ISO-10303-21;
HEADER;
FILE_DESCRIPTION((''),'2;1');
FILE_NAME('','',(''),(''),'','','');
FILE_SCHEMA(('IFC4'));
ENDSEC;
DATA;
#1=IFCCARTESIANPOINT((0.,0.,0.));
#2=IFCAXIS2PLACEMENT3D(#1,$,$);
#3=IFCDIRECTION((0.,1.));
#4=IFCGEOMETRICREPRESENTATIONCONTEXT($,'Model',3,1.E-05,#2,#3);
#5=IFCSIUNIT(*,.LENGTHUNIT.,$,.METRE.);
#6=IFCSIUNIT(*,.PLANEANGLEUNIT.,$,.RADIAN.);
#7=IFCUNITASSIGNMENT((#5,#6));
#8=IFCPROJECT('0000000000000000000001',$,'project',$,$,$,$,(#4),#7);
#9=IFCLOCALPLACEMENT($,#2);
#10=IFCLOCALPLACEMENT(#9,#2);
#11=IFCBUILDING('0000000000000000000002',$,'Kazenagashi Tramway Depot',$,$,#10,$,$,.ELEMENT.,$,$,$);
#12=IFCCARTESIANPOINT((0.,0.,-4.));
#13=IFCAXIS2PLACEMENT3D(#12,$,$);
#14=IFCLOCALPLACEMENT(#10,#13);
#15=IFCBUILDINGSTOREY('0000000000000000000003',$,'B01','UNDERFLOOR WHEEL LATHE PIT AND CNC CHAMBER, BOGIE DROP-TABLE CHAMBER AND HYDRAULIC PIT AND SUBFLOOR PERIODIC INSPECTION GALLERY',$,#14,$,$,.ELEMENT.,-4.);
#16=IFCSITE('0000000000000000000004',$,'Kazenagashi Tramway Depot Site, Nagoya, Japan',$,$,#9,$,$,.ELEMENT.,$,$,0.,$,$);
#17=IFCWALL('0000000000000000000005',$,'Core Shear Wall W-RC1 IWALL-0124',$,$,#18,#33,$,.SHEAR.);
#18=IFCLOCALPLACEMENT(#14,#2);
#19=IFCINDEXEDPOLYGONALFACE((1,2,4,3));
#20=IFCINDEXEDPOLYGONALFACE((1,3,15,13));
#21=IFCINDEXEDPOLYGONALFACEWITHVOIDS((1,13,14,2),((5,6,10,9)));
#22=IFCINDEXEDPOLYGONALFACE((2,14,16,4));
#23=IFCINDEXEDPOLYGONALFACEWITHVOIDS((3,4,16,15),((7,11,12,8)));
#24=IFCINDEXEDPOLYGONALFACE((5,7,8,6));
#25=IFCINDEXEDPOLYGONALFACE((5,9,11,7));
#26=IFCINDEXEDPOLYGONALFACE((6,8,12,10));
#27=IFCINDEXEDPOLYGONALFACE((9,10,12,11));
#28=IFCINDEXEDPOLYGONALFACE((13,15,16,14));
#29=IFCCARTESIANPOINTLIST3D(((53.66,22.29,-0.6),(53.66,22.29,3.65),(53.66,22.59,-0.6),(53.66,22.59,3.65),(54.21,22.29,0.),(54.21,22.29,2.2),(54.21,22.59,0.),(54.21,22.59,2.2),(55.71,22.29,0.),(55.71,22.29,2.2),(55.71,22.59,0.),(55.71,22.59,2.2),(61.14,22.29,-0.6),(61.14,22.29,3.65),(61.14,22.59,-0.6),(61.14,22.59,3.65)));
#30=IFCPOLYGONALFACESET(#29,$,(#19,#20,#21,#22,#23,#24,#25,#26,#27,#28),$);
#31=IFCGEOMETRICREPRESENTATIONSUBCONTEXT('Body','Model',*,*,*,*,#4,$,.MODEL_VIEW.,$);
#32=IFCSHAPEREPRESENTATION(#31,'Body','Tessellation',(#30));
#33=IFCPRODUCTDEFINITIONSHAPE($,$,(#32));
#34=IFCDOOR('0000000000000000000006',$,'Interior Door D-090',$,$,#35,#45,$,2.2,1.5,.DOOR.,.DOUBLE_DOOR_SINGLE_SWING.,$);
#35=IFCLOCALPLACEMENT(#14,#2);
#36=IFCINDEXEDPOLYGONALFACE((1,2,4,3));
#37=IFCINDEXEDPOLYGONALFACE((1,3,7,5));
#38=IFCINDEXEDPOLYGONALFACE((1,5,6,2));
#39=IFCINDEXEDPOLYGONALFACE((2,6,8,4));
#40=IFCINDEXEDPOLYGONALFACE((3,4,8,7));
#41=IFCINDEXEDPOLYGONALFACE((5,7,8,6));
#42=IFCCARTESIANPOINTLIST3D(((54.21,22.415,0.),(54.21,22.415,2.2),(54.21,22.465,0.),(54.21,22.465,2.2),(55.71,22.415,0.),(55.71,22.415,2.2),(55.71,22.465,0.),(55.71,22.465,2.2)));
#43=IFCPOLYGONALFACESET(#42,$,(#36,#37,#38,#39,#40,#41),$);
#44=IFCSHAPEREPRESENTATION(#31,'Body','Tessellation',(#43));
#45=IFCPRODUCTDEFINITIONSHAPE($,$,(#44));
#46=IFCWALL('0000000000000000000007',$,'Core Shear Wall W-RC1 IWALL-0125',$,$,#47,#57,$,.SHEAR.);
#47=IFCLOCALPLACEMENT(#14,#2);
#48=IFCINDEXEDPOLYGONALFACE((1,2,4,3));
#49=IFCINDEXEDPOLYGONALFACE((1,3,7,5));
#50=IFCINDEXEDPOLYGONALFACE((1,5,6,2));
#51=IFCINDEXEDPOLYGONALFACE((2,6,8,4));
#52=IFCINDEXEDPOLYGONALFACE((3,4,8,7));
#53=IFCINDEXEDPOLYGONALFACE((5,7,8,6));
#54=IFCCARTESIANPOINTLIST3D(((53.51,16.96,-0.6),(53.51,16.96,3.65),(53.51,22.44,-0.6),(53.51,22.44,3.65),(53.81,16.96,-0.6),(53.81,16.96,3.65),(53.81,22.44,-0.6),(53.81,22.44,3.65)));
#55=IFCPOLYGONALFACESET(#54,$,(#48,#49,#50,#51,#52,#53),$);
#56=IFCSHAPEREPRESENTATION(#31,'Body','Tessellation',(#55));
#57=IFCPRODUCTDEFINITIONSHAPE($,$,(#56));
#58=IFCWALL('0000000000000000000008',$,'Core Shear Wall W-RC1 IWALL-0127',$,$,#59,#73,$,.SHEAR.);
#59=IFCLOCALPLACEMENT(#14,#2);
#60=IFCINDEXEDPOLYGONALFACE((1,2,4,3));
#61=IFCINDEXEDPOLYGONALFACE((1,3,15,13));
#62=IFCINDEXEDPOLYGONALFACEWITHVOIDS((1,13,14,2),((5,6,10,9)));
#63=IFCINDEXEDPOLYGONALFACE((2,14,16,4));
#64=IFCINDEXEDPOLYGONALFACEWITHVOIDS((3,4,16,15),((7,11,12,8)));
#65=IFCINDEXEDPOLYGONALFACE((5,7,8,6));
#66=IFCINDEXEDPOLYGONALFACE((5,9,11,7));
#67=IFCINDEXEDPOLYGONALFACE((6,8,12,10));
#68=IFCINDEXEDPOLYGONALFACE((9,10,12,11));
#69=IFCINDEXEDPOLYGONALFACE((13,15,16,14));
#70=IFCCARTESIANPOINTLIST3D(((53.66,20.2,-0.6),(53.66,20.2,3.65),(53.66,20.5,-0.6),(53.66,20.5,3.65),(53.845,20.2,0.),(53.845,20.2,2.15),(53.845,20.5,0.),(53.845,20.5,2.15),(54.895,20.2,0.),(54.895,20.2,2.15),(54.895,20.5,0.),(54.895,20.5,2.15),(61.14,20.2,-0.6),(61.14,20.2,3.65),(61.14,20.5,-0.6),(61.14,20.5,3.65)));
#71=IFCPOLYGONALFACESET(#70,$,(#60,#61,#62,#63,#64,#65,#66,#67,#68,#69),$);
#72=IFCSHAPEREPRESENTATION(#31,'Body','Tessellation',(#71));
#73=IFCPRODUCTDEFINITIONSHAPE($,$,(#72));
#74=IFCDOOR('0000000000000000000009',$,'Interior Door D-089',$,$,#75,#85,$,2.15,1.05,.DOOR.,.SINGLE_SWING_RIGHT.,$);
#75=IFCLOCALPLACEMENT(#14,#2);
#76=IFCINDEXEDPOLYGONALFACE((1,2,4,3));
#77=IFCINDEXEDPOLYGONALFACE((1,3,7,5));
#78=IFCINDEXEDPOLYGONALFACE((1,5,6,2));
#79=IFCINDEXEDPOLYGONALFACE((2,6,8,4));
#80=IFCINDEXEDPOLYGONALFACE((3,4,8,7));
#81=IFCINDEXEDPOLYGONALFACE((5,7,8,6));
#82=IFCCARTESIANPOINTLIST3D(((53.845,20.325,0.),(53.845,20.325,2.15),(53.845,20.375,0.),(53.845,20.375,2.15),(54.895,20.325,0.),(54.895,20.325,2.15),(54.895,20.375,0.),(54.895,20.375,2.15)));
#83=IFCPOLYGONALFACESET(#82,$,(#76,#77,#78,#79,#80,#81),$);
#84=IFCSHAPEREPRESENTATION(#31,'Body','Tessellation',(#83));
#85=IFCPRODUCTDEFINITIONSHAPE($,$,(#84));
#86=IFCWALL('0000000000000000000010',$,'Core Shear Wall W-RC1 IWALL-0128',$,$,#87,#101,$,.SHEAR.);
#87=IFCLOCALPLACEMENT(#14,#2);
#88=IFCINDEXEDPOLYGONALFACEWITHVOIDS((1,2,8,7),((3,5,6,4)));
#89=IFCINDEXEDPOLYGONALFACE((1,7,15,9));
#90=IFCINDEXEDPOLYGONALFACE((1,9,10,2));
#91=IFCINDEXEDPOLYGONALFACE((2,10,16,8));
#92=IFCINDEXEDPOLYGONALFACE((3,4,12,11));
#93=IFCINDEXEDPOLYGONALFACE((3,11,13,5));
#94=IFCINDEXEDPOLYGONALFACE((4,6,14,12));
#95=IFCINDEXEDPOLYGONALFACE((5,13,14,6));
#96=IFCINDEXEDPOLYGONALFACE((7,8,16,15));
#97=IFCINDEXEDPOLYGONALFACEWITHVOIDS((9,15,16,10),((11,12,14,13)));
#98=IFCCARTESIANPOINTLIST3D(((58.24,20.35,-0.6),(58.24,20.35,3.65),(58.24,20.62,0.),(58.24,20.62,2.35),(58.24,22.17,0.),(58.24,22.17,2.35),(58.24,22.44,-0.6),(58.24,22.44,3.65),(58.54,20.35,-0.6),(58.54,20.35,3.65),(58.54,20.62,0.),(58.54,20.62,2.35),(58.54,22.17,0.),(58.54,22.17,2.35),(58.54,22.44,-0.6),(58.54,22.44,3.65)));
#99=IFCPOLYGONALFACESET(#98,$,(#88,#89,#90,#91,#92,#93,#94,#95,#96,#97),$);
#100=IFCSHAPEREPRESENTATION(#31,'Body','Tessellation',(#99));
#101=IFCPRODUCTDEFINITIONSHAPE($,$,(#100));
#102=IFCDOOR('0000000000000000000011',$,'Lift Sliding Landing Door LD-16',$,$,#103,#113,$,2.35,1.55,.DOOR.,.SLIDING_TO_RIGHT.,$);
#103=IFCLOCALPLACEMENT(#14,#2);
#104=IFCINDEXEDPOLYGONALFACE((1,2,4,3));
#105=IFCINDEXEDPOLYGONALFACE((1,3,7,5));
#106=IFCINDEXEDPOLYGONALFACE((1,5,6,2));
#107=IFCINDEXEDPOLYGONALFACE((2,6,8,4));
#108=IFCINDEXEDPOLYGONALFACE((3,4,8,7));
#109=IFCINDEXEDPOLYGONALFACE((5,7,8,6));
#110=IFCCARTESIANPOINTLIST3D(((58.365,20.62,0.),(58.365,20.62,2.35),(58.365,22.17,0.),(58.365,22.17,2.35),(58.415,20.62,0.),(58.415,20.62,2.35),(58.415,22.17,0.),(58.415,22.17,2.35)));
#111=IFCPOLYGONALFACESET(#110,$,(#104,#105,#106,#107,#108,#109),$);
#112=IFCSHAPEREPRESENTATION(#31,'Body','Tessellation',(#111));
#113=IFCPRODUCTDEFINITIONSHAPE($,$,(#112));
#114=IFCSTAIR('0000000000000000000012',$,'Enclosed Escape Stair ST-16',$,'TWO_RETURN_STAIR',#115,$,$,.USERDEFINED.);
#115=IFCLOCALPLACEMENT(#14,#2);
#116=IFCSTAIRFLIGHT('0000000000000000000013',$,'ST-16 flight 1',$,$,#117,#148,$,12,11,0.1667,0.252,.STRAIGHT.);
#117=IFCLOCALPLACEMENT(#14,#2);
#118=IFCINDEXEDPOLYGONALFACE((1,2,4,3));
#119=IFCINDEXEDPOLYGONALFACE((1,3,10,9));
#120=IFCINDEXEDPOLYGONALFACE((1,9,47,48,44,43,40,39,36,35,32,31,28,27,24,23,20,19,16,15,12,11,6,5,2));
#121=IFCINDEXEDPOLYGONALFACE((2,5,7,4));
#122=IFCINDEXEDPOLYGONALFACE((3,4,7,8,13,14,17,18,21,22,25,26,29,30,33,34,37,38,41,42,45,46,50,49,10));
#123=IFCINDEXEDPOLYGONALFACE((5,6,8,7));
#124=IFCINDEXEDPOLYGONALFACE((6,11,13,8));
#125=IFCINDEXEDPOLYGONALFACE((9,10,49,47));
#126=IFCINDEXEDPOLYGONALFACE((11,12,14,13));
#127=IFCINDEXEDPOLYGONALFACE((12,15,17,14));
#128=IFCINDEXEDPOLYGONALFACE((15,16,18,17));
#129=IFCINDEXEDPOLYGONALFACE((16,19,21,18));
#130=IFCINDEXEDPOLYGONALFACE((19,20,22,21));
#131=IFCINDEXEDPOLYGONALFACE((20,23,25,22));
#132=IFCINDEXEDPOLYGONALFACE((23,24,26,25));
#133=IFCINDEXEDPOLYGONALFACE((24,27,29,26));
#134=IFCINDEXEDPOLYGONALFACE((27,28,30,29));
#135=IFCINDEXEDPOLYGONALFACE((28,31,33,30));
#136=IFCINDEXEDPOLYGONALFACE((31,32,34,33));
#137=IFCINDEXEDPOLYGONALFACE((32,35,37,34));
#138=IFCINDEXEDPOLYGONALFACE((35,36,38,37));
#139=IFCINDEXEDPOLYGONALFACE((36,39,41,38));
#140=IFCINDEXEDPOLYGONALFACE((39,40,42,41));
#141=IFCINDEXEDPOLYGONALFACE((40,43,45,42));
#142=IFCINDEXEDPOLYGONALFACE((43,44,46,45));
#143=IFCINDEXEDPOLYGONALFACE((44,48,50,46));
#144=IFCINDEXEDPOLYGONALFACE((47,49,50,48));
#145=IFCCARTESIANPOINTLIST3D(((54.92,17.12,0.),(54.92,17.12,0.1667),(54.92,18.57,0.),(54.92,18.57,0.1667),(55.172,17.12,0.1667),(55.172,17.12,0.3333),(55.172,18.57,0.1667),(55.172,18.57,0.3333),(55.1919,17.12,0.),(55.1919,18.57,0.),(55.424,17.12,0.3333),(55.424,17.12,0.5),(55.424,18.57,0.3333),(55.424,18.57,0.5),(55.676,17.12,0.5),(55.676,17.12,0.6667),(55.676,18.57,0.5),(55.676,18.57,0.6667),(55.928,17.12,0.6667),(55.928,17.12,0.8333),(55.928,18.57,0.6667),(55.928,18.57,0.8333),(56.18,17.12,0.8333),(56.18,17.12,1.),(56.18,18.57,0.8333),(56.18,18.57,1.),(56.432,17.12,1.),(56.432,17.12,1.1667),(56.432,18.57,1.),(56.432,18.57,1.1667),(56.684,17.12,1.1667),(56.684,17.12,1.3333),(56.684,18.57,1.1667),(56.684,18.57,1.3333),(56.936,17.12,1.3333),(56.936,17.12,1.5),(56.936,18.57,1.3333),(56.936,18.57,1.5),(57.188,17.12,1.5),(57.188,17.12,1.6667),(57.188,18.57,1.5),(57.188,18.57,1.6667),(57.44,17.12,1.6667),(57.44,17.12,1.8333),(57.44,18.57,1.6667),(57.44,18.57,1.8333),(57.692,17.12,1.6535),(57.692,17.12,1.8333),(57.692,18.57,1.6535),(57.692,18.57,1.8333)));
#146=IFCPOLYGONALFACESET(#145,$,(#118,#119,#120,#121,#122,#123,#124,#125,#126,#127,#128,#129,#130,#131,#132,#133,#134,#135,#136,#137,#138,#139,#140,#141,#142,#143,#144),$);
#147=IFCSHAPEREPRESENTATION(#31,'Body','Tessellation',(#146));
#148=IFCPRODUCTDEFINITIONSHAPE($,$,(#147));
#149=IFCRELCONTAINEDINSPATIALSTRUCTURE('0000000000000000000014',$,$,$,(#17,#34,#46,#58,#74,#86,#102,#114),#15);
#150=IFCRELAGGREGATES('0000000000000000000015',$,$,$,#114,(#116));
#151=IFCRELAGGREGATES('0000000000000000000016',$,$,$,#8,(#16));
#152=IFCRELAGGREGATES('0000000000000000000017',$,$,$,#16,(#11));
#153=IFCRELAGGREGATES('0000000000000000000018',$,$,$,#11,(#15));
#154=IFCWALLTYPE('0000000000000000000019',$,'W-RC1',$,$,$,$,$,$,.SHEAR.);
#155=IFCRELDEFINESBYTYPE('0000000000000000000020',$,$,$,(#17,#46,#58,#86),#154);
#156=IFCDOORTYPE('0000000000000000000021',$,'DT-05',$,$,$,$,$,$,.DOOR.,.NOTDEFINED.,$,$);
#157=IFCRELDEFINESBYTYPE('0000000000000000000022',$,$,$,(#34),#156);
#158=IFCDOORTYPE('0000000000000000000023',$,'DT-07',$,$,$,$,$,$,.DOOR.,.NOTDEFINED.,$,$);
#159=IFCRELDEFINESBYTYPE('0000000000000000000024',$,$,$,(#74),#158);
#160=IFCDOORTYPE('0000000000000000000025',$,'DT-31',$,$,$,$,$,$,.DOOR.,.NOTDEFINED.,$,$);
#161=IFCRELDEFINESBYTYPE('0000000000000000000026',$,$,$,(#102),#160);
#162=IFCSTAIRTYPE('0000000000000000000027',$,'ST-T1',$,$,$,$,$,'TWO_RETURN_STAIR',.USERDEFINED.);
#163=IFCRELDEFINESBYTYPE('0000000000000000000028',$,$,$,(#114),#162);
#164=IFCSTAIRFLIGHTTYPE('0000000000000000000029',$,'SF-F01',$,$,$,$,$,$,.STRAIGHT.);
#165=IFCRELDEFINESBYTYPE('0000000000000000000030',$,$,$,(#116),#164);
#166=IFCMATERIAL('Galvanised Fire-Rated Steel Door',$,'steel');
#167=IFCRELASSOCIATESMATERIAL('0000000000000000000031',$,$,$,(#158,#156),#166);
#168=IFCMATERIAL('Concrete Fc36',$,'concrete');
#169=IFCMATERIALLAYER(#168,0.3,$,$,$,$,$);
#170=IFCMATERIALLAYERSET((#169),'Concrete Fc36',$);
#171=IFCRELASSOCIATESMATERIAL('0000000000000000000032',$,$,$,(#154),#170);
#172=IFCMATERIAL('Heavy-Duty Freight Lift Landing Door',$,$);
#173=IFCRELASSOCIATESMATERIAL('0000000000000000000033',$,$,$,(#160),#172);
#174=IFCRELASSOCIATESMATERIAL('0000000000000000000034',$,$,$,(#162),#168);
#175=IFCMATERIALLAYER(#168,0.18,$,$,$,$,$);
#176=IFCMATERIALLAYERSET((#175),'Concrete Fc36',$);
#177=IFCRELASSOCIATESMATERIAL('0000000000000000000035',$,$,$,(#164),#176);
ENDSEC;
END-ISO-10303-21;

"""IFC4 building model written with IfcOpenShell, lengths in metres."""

from ifc_helpers import new_model, si_unit, direction, frame, frame_2d, origin, place, context, subcontext, project, spatial, polyline, rectangle, outline, extrude, material, layer, layer_set, type_object, element, fill, aggregate, save


model = new_model("IFC4")

# Units and contexts
model_context = context("Model", 3, precision=1e-05, world=origin(), true_north=direction((0.0, 1.0)))
body_context = subcontext(model_context, "Body", "Model", "MODEL_VIEW")
ifc_project = project(units=[si_unit("LENGTHUNIT", "METRE"), si_unit("PLANEANGLEUNIT", "RADIAN")], contexts=[model_context])

# Site, building, storey
site_placement = place(None, origin())
site = spatial("IfcSite", under=ifc_project, at=site_placement, Name="Kazenagashi Tramway Depot Site, Nagoya, Japan", CompositionType="ELEMENT", RefElevation=0.0)
building_placement = place(site_placement, origin())
building = spatial("IfcBuilding", under=site, at=building_placement, Name="Kazenagashi Tramway Depot", CompositionType="ELEMENT")
storey_placement = place(building_placement, frame((0.0, 0.0, -4.0)))
storey = spatial("IfcBuildingStorey", under=building, at=storey_placement, Name="B01", Description="UNDERFLOOR WHEEL LATHE PIT AND CNC CHAMBER, BOGIE DROP-TABLE CHAMBER AND HYDRAULIC PIT AND SUBFLOOR PERIODIC INSPECTION GALLERY", CompositionType="ELEMENT", Elevation=-4.0)

# Shared definitions
ifc_material_1 = material(Name="Concrete Fc36", Category="concrete")

# Shared definitions
ifc_material_2 = material(Name="Galvanised Fire-Rated Steel Door", Category="steel")
door_type_1 = type_object("IfcDoorType", Name="DT-07", OperationType="NOTDEFINED", PredefinedType="DOOR", material=ifc_material_2)

# Shared definitions
ifc_layer_1 = layer(ifc_material_1, 0.3)
ifc_layer_set_1 = layer_set([ifc_layer_1], Name="Concrete Fc36")
wall_type_1 = type_object("IfcWallType", Name="W-RC1", PredefinedType="SHEAR", material=ifc_layer_set_1)

# Wall, opening, door
wall_1_placement = place(storey_placement, frame((53.66, 22.44, -0.6), z_axis=(0.0, 0.0, 1.0), x_axis=(1.0, 0.0, 0.0)))
wall_1 = element("IfcWall", 1, at=wall_1_placement, inside=storey, type_object=wall_type_1, Name="Core Shear Wall W-RC1 IWALL-0124", PredefinedType="SHEAR", context=body_context, shape_type="SweptSolid", body=[
    extrude(rectangle(XDim=7.48, YDim=0.3, at=frame_2d((3.74, 0.0))), origin(), (0.0, 0.0, 1.0), 4.25),
])
opening_1_placement = place(wall_1_placement, frame((0.55, 0.0, 0.6)))
opening_1 = element("IfcOpeningElement", 2, at=opening_1_placement, cuts=wall_1, PredefinedType="OPENING", context=body_context, shape_type="SweptSolid", body=[
    extrude(rectangle(XDim=1.5, YDim=2.2, at=frame_2d((0.75, 1.1))), frame((0.0, 0.16, 0.0), z_axis=(0.0, -1.0, 0.0), x_axis=(1.0, 0.0, 0.0)), (0.0, 0.0, 1.0), 0.32),
])
door_type_2 = type_object("IfcDoorType", Name="DT-05", OperationType="NOTDEFINED", PredefinedType="DOOR", material=ifc_material_2)
door_1_placement = place(opening_1_placement, origin())
door_1 = element("IfcDoor", 3, at=door_1_placement, inside=storey, type_object=door_type_2, Name="Interior Door D-090", OperationType="DOUBLE_DOOR_SINGLE_SWING", OverallHeight=2.2, OverallWidth=1.5, PredefinedType="DOOR", context=body_context, shape_type="SweptSolid", body=[
    extrude(rectangle(XDim=1.5, YDim=2.2, at=frame_2d((0.75, 1.1))), frame((0.0, 0.025, 0.0), z_axis=(0.0, -1.0, 0.0), x_axis=(1.0, 0.0, 0.0)), (0.0, 0.0, 1.0), 0.05),
])
fill(opening_1, door_1)

# Wall
wall_2_placement = place(storey_placement, frame((53.66, 16.96, -0.6), z_axis=(0.0, 0.0, 1.0), x_axis=(0.0, 1.0, 0.0)))
element("IfcWall", 4, at=wall_2_placement, inside=storey, type_object=wall_type_1, Name="Core Shear Wall W-RC1 IWALL-0125", PredefinedType="SHEAR", context=body_context, shape_type="SweptSolid", body=[
    extrude(rectangle(XDim=5.48, YDim=0.3, at=frame_2d((2.74, 0.0))), origin(), (0.0, 0.0, 1.0), 4.25),
])

# Walls, openings, doors
wall_3_placement = place(storey_placement, frame((53.66, 20.35, -0.6), z_axis=(0.0, 0.0, 1.0), x_axis=(1.0, 0.0, 0.0)))
wall_3 = element("IfcWall", 5, at=wall_3_placement, inside=storey, type_object=wall_type_1, Name="Core Shear Wall W-RC1 IWALL-0127", PredefinedType="SHEAR", context=body_context, shape_type="SweptSolid", body=[
    extrude(rectangle(XDim=7.48, YDim=0.3, at=frame_2d((3.74, 0.0))), origin(), (0.0, 0.0, 1.0), 4.25),
])
opening_2_placement = place(wall_3_placement, frame((0.185, 0.0, 0.6)))
opening_2 = element("IfcOpeningElement", 6, at=opening_2_placement, cuts=wall_3, PredefinedType="OPENING", context=body_context, shape_type="SweptSolid", body=[
    extrude(rectangle(XDim=1.05, YDim=2.15, at=frame_2d((0.525, 1.075))), frame((0.0, 0.16, 0.0), z_axis=(0.0, -1.0, 0.0), x_axis=(1.0, 0.0, 0.0)), (0.0, 0.0, 1.0), 0.32),
])
door_2_placement = place(opening_2_placement, origin())
door_2 = element("IfcDoor", 7, at=door_2_placement, inside=storey, type_object=door_type_1, Name="Interior Door D-089", OperationType="SINGLE_SWING_RIGHT", OverallHeight=2.15, OverallWidth=1.05, PredefinedType="DOOR", context=body_context, shape_type="SweptSolid", body=[
    extrude(rectangle(XDim=1.05, YDim=2.15, at=frame_2d((0.525, 1.075))), frame((0.0, 0.025, 0.0), z_axis=(0.0, -1.0, 0.0), x_axis=(1.0, 0.0, 0.0)), (0.0, 0.0, 1.0), 0.05),
])
fill(opening_2, door_2)
wall_4_placement = place(storey_placement, frame((58.39, 20.35, -0.6), z_axis=(0.0, 0.0, 1.0), x_axis=(0.0, 1.0, 0.0)))
wall_4 = element("IfcWall", 8, at=wall_4_placement, inside=storey, type_object=wall_type_1, Name="Core Shear Wall W-RC1 IWALL-0128", PredefinedType="SHEAR", context=body_context, shape_type="SweptSolid", body=[
    extrude(rectangle(XDim=2.09, YDim=0.3, at=frame_2d((1.045, 0.0))), origin(), (0.0, 0.0, 1.0), 4.25),
])
opening_3_placement = place(wall_4_placement, frame((0.27, 0.0, 0.6)))
opening_3 = element("IfcOpeningElement", 9, at=opening_3_placement, cuts=wall_4, PredefinedType="OPENING", context=body_context, shape_type="SweptSolid", body=[
    extrude(rectangle(XDim=1.55, YDim=2.35, at=frame_2d((0.775, 1.175))), frame((0.0, 0.16, 0.0), z_axis=(0.0, -1.0, 0.0), x_axis=(1.0, 0.0, 0.0)), (0.0, 0.0, 1.0), 0.32),
])
ifc_material_3 = material(Name="Heavy-Duty Freight Lift Landing Door")
door_type_3 = type_object("IfcDoorType", Name="DT-31", OperationType="NOTDEFINED", PredefinedType="DOOR", material=ifc_material_3)
door_3_placement = place(opening_3_placement, origin())
door_3 = element("IfcDoor", 10, at=door_3_placement, inside=storey, type_object=door_type_3, Name="Lift Sliding Landing Door LD-16", OperationType="SLIDING_TO_RIGHT", OverallHeight=2.35, OverallWidth=1.55, PredefinedType="DOOR", context=body_context, shape_type="SweptSolid", body=[
    extrude(rectangle(XDim=1.55, YDim=2.35, at=frame_2d((0.775, 1.175))), frame((0.0, 0.025, 0.0), z_axis=(0.0, -1.0, 0.0), x_axis=(1.0, 0.0, 0.0)), (0.0, 0.0, 1.0), 0.05),
])
fill(opening_3, door_3)

# Stair, stair flight
stair_type = type_object("IfcStairType", Name="ST-T1", ElementType="TWO_RETURN_STAIR", PredefinedType="USERDEFINED", material=ifc_material_1)
stair_placement = place(storey_placement, origin())
stair = element("IfcStair", 11, at=stair_placement, inside=storey, type_object=stair_type, Name="Enclosed Escape Stair ST-16", ObjectType="TWO_RETURN_STAIR", PredefinedType="USERDEFINED")
ifc_layer_2 = layer(ifc_material_1, 0.18)
ifc_layer_set_2 = layer_set([ifc_layer_2], Name="Concrete Fc36")
stair_flight_type = type_object("IfcStairFlightType", Name="SF-F01", PredefinedType="STRAIGHT", material=ifc_layer_set_2)
stair_flight_1_placement = place(storey_placement, frame((54.92, 17.845, 0.0), z_axis=(0.0, 0.0, 1.0), x_axis=(1.0, 0.0, 0.0)))
stair_flight_1 = element("IfcStairFlight", 12, at=stair_flight_1_placement, type_object=stair_flight_type, Name="ST-16 flight 1", NumberOfRisers=12, NumberOfTreads=11, PredefinedType="STRAIGHT", RiserHeight=0.1667, TreadLength=0.252, context=body_context, shape_type="SweptSolid", body=[
    extrude(outline(polyline([(0.0, 0.0), (0.0, 0.1667), (0.252, 0.1667), (0.252, 0.3333), (0.504, 0.3333), (0.504, 0.5), (0.756, 0.5), (0.756, 0.6667), (1.008, 0.6667), (1.008, 0.8333), (1.26, 0.8333), (1.26, 1.0), (1.512, 1.0), (1.512, 1.1667), (1.764, 1.1667), (1.764, 1.3333), (2.016, 1.3333), (2.016, 1.5), (2.268, 1.5), (2.268, 1.6667), (2.52, 1.6667), (2.52, 1.8333), (2.772, 1.8333), (2.772, 2.0), (2.772, 1.6535), (0.2719, 0.0), (0.0, 0.0)])), frame((0.0, 0.725, 0.0), z_axis=(0.0, -1.0, 0.0), x_axis=(1.0, 0.0, 0.0)), (0.0, 0.0, 1.0), 1.45),
])
aggregate(stair, [stair_flight_1])

save(model, "model.ifc")
